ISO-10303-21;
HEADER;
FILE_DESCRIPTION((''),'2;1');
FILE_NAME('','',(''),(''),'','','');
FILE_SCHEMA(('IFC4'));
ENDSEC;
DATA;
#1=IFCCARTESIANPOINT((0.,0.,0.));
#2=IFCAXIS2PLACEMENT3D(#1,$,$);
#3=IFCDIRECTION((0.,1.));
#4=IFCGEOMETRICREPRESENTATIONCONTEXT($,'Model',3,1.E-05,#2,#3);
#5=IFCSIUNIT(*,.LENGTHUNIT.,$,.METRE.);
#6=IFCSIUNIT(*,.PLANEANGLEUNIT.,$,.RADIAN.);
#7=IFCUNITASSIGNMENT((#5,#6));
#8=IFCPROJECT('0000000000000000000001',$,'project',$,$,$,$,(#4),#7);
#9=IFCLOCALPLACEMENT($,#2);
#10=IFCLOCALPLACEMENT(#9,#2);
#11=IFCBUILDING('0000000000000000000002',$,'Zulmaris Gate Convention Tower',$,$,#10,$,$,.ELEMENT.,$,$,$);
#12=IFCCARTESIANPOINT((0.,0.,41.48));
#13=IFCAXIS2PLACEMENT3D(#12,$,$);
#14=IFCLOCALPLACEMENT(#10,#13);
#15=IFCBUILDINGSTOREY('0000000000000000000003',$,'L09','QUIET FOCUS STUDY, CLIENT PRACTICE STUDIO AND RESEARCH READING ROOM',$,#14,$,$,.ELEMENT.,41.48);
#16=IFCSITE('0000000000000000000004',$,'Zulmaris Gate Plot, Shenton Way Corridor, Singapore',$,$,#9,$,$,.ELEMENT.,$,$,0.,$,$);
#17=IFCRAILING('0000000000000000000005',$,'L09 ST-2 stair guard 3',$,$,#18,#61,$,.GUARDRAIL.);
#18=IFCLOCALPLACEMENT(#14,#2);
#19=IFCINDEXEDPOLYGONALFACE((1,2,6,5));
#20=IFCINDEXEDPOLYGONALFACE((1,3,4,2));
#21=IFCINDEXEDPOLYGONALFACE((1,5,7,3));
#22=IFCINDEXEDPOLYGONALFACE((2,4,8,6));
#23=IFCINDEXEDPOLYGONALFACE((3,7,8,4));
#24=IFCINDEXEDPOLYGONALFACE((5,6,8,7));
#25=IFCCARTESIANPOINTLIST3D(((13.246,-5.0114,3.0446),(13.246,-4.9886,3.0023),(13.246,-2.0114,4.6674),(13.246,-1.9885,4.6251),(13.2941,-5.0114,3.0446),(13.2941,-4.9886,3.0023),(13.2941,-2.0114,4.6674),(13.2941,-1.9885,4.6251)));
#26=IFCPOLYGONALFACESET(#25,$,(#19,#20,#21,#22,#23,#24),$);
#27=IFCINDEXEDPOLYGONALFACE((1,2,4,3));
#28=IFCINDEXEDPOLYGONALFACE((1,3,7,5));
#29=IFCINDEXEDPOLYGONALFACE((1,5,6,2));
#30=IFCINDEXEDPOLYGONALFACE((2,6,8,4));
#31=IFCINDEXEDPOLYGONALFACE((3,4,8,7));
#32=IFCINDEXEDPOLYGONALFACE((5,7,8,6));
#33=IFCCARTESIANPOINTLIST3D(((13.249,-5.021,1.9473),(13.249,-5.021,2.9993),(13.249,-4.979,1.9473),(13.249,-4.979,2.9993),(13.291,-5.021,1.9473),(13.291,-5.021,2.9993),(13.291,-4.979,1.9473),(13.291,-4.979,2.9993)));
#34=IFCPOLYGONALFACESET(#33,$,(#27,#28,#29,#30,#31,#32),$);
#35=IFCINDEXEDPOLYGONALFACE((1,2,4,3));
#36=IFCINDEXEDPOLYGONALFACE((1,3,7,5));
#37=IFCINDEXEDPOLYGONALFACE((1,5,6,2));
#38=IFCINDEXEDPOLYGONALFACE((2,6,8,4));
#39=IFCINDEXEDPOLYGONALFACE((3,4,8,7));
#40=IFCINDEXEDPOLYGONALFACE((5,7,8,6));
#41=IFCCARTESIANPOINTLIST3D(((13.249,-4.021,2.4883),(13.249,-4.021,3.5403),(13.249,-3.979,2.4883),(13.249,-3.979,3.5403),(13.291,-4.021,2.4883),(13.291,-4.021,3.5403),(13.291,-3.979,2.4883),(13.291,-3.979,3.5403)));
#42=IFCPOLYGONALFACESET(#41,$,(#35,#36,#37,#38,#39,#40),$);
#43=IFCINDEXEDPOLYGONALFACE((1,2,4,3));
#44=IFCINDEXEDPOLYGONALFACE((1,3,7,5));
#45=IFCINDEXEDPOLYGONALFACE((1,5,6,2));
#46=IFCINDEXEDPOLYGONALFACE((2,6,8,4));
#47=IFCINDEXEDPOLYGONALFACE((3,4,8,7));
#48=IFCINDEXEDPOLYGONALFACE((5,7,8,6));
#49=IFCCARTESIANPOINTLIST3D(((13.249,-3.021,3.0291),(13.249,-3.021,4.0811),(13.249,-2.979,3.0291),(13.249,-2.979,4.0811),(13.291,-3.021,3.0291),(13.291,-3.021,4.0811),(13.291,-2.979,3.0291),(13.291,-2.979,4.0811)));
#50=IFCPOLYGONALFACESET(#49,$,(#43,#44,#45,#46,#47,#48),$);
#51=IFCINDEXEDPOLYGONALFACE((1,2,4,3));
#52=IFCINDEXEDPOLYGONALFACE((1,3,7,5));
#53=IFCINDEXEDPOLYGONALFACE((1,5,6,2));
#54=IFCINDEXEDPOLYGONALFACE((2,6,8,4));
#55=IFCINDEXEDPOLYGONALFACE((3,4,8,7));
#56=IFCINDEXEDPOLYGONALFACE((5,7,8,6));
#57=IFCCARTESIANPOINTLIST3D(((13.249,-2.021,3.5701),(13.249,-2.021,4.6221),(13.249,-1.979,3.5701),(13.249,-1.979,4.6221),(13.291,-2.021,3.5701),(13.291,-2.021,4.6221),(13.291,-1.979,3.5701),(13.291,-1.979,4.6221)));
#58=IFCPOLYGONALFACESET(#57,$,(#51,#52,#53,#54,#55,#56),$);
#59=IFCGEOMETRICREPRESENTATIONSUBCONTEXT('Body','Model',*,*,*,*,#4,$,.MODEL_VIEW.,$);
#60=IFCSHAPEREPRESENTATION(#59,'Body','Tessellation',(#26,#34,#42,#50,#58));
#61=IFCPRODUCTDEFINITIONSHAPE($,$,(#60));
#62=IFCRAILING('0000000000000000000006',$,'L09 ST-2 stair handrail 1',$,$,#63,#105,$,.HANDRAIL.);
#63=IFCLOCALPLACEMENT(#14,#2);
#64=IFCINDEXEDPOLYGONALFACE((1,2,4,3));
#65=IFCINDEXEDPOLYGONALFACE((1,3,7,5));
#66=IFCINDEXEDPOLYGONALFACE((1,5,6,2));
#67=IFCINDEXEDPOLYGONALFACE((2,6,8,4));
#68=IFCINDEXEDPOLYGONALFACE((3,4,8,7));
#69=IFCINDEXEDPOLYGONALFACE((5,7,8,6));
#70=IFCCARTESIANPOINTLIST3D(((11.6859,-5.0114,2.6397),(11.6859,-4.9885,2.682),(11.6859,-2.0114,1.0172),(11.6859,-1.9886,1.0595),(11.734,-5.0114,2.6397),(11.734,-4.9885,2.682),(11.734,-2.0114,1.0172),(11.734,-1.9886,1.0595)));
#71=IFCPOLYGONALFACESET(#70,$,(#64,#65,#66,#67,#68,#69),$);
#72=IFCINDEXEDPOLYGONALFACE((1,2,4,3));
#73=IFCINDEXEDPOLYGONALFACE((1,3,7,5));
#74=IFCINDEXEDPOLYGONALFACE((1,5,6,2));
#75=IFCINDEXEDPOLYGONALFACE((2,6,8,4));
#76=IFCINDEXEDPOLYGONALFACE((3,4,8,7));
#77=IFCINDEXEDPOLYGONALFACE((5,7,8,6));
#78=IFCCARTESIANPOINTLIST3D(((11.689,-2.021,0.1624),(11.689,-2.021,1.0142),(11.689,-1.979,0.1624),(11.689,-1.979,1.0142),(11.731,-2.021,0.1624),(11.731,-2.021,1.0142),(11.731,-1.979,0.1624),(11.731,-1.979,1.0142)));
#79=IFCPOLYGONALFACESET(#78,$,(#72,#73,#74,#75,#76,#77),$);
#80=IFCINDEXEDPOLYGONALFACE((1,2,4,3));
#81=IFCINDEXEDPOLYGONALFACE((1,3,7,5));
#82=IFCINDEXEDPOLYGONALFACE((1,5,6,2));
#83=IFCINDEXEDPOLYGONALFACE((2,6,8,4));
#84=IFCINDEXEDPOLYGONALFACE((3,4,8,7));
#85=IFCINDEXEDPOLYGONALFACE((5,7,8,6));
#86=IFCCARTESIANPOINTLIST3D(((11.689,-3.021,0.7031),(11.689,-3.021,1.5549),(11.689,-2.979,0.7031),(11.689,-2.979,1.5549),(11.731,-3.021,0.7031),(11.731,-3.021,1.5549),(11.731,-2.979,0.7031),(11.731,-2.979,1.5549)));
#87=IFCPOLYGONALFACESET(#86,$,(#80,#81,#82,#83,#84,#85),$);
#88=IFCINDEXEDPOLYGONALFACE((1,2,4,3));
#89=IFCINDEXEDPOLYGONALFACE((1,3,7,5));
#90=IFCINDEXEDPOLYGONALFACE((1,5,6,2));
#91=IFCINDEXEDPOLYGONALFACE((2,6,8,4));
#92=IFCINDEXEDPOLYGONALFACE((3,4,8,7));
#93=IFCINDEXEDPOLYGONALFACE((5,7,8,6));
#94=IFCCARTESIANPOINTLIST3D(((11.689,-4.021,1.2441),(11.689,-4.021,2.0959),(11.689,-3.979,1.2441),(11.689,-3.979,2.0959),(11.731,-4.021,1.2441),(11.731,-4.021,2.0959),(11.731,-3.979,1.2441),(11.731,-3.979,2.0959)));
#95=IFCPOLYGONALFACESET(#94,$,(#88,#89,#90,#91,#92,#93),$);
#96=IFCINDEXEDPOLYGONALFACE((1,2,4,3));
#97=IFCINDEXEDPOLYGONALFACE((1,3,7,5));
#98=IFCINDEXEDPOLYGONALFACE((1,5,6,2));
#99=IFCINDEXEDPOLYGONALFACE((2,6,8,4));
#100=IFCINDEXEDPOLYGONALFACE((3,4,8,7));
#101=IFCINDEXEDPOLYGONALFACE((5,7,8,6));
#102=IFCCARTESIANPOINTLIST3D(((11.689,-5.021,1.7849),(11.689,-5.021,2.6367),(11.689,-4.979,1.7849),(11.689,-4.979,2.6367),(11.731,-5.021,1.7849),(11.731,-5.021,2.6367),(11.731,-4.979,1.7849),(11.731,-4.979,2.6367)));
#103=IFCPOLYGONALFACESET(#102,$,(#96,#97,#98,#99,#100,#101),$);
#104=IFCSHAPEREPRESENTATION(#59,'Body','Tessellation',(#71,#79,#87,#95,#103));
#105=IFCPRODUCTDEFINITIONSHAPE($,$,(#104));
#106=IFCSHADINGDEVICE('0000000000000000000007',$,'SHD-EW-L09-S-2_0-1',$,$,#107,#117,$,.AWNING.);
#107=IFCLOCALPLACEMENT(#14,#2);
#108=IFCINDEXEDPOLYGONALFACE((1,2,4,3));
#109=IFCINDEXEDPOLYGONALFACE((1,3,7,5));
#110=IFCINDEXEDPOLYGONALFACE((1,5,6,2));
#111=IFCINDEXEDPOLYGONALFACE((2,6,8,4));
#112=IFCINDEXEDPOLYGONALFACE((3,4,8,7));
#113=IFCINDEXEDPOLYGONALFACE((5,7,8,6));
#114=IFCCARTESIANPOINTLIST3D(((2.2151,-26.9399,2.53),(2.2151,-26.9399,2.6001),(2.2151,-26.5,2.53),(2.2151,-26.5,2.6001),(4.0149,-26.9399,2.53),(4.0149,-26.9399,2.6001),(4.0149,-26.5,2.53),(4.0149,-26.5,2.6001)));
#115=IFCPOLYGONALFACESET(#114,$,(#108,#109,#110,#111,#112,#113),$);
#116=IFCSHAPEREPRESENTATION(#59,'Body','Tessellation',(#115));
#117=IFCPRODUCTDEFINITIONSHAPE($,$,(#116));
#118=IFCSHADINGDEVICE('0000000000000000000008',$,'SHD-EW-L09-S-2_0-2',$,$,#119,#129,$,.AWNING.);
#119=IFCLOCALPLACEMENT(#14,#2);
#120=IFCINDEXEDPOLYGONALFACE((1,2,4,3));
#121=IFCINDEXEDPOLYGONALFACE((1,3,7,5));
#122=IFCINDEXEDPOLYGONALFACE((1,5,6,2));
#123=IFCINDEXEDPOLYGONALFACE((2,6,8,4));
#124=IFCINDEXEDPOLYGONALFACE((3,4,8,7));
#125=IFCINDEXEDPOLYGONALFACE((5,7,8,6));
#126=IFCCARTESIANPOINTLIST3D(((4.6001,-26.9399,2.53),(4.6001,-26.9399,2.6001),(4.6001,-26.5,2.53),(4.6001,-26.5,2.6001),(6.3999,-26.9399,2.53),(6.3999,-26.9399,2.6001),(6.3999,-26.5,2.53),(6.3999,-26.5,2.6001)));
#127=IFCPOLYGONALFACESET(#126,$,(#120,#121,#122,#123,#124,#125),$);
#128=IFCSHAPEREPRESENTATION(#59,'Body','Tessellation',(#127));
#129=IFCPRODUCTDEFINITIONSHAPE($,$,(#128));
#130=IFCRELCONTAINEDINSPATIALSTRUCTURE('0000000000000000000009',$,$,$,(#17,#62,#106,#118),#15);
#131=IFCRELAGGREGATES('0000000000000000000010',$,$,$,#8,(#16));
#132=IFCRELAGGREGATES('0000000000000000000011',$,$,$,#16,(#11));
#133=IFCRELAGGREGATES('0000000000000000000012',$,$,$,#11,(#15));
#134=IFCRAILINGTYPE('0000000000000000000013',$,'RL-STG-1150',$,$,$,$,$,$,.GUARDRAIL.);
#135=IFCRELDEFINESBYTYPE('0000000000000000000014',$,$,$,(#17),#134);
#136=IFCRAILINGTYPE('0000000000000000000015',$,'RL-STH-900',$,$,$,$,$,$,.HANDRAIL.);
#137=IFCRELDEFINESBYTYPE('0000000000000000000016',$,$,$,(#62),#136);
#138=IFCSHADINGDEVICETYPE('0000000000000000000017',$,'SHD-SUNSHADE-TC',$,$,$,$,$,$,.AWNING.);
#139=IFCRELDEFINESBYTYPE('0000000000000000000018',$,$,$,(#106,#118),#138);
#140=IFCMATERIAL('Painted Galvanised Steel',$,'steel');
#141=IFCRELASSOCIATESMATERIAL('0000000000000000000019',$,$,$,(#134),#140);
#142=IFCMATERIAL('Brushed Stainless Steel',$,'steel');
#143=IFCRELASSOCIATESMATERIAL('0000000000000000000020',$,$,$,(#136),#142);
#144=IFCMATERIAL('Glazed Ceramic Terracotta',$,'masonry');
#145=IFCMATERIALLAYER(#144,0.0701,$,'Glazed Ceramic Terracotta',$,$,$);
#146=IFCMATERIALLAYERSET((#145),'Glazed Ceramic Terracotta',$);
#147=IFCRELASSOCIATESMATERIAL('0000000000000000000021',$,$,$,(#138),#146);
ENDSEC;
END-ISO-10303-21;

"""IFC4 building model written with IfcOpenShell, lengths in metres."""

from ifc_helpers import new_model, si_unit, direction, frame, frame_2d, origin, origin_2d, place, context, subcontext, project, spatial, rectangle, extrude, material, layer, layer_set, type_object, element, save


model = new_model("IFC4")

# Units and contexts
model_context = context("Model", 3, precision=1e-05, world=origin(), true_north=direction((0.0, 1.0)))
body_context = subcontext(model_context, "Body", "Model", "MODEL_VIEW")
ifc_project = project(units=[si_unit("LENGTHUNIT", "METRE"), si_unit("PLANEANGLEUNIT", "RADIAN")], contexts=[model_context])

# Site, building, storey
site_placement = place(None, origin())
site = spatial("IfcSite", under=ifc_project, at=site_placement, Name="Zulmaris Gate Plot, Shenton Way Corridor, Singapore", CompositionType="ELEMENT", RefElevation=0.0)
building_placement = place(site_placement, origin())
building = spatial("IfcBuilding", under=site, at=building_placement, Name="Zulmaris Gate Convention Tower", CompositionType="ELEMENT")
storey_placement = place(building_placement, frame((0.0, 0.0, 41.48)))
storey = spatial("IfcBuildingStorey", under=building, at=storey_placement, Name="L09", Description="QUIET FOCUS STUDY, CLIENT PRACTICE STUDIO AND RESEARCH READING ROOM", CompositionType="ELEMENT", Elevation=41.48)

# Railings
ifc_material_1 = material(Name="Painted Galvanised Steel", Category="steel")
railing_type_1 = type_object("IfcRailingType", Name="RL-STG-1150", PredefinedType="GUARDRAIL", material=ifc_material_1)
railing_1_placement = place(storey_placement, frame((13.27, -5.0, 1.9473)))
element("IfcRailing", 1, at=railing_1_placement, inside=storey, type_object=railing_type_1, Name="L09 ST-2 stair guard 3", PredefinedType="GUARDRAIL", context=body_context, shape_type="SweptSolid", body=[
    extrude(rectangle(XDim=0.0481, YDim=0.0481, at=origin_2d()), frame((0.0, 0.0, 1.0762), z_axis=(0.0, 0.879562, 0.475785), x_axis=(-1.0, 0.0, 0.0)), (0.0, 0.0, 1.0), 3.4109),
    extrude(rectangle(XDim=0.042, YDim=0.042, at=origin_2d()), origin(), (0.0, 0.0, 1.0), 1.052),
    extrude(rectangle(XDim=0.042, YDim=0.042, at=origin_2d()), frame((0.0, 1.0, 0.541)), (0.0, 0.0, 1.0), 1.052),
    extrude(rectangle(XDim=0.042, YDim=0.042, at=origin_2d()), frame((0.0, 2.0, 1.0818)), (0.0, 0.0, 1.0), 1.052),
    extrude(rectangle(XDim=0.042, YDim=0.042, at=origin_2d()), frame((0.0, 3.0, 1.6228)), (0.0, 0.0, 1.0), 1.052),
])
ifc_material_2 = material(Name="Brushed Stainless Steel", Category="steel")
railing_type_2 = type_object("IfcRailingType", Name="RL-STH-900", PredefinedType="HANDRAIL", material=ifc_material_2)
railing_2_placement = place(storey_placement, frame((11.71, -2.0, 0.1624)))
element("IfcRailing", 2, at=railing_2_placement, inside=storey, type_object=railing_type_2, Name="L09 ST-2 stair handrail 1", PredefinedType="HANDRAIL", context=body_context, shape_type="SweptSolid", body=[
    extrude(rectangle(XDim=0.0481, YDim=0.0481, at=origin_2d()), frame((0.0, 0.0, 0.876), z_axis=(0.0, -0.879592, 0.47573), x_axis=(1.0, 0.0, 0.0)), (0.0, 0.0, 1.0), 3.4106),
    extrude(rectangle(XDim=0.042, YDim=0.042, at=origin_2d()), origin(), (0.0, 0.0, 1.0), 0.8518),
    extrude(rectangle(XDim=0.042, YDim=0.042, at=origin_2d()), frame((0.0, -1.0, 0.5408)), (0.0, 0.0, 1.0), 0.8518),
    extrude(rectangle(XDim=0.042, YDim=0.042, at=origin_2d()), frame((0.0, -2.0, 1.0818)), (0.0, 0.0, 1.0), 0.8518),
    extrude(rectangle(XDim=0.042, YDim=0.042, at=origin_2d()), frame((0.0, -3.0, 1.6226)), (0.0, 0.0, 1.0), 0.8518),
])

# Shading devices
ifc_material_3 = material(Name="Glazed Ceramic Terracotta", Category="masonry")
ifc_layer_1 = layer(ifc_material_3, 0.0701, Name="Glazed Ceramic Terracotta")
ifc_layer_set_1 = layer_set([ifc_layer_1], Name="Glazed Ceramic Terracotta")
shading_device_type = type_object("IfcShadingDeviceType", Name="SHD-SUNSHADE-TC", PredefinedType="AWNING", material=ifc_layer_set_1)
for number, where, z_axis, x_axis, name in (
    (3, (2.2151, -26.72, 2.53), (0.0, 0.0, 1.0), (1.0, 0.0, 0.0), "SHD-EW-L09-S-2_0-1"),
    (4, (4.6001, -26.72, 2.53), (0.0, 0.0, 1.0), (1.0, 0.0, 0.0), "SHD-EW-L09-S-2_0-2"),
):
    element("IfcShadingDevice", number, at=place(storey_placement, frame(where, z_axis=z_axis, x_axis=x_axis)), inside=storey, type_object=shading_device_type, Name=name, PredefinedType="AWNING", context=body_context, shape_type="SweptSolid", body=[
        extrude(rectangle(XDim=1.7998, YDim=0.4399, at=frame_2d((0.8999, 0.0))), origin(), (0.0, 0.0, 1.0), 0.0701),
    ])

save(model, "model.ifc")
